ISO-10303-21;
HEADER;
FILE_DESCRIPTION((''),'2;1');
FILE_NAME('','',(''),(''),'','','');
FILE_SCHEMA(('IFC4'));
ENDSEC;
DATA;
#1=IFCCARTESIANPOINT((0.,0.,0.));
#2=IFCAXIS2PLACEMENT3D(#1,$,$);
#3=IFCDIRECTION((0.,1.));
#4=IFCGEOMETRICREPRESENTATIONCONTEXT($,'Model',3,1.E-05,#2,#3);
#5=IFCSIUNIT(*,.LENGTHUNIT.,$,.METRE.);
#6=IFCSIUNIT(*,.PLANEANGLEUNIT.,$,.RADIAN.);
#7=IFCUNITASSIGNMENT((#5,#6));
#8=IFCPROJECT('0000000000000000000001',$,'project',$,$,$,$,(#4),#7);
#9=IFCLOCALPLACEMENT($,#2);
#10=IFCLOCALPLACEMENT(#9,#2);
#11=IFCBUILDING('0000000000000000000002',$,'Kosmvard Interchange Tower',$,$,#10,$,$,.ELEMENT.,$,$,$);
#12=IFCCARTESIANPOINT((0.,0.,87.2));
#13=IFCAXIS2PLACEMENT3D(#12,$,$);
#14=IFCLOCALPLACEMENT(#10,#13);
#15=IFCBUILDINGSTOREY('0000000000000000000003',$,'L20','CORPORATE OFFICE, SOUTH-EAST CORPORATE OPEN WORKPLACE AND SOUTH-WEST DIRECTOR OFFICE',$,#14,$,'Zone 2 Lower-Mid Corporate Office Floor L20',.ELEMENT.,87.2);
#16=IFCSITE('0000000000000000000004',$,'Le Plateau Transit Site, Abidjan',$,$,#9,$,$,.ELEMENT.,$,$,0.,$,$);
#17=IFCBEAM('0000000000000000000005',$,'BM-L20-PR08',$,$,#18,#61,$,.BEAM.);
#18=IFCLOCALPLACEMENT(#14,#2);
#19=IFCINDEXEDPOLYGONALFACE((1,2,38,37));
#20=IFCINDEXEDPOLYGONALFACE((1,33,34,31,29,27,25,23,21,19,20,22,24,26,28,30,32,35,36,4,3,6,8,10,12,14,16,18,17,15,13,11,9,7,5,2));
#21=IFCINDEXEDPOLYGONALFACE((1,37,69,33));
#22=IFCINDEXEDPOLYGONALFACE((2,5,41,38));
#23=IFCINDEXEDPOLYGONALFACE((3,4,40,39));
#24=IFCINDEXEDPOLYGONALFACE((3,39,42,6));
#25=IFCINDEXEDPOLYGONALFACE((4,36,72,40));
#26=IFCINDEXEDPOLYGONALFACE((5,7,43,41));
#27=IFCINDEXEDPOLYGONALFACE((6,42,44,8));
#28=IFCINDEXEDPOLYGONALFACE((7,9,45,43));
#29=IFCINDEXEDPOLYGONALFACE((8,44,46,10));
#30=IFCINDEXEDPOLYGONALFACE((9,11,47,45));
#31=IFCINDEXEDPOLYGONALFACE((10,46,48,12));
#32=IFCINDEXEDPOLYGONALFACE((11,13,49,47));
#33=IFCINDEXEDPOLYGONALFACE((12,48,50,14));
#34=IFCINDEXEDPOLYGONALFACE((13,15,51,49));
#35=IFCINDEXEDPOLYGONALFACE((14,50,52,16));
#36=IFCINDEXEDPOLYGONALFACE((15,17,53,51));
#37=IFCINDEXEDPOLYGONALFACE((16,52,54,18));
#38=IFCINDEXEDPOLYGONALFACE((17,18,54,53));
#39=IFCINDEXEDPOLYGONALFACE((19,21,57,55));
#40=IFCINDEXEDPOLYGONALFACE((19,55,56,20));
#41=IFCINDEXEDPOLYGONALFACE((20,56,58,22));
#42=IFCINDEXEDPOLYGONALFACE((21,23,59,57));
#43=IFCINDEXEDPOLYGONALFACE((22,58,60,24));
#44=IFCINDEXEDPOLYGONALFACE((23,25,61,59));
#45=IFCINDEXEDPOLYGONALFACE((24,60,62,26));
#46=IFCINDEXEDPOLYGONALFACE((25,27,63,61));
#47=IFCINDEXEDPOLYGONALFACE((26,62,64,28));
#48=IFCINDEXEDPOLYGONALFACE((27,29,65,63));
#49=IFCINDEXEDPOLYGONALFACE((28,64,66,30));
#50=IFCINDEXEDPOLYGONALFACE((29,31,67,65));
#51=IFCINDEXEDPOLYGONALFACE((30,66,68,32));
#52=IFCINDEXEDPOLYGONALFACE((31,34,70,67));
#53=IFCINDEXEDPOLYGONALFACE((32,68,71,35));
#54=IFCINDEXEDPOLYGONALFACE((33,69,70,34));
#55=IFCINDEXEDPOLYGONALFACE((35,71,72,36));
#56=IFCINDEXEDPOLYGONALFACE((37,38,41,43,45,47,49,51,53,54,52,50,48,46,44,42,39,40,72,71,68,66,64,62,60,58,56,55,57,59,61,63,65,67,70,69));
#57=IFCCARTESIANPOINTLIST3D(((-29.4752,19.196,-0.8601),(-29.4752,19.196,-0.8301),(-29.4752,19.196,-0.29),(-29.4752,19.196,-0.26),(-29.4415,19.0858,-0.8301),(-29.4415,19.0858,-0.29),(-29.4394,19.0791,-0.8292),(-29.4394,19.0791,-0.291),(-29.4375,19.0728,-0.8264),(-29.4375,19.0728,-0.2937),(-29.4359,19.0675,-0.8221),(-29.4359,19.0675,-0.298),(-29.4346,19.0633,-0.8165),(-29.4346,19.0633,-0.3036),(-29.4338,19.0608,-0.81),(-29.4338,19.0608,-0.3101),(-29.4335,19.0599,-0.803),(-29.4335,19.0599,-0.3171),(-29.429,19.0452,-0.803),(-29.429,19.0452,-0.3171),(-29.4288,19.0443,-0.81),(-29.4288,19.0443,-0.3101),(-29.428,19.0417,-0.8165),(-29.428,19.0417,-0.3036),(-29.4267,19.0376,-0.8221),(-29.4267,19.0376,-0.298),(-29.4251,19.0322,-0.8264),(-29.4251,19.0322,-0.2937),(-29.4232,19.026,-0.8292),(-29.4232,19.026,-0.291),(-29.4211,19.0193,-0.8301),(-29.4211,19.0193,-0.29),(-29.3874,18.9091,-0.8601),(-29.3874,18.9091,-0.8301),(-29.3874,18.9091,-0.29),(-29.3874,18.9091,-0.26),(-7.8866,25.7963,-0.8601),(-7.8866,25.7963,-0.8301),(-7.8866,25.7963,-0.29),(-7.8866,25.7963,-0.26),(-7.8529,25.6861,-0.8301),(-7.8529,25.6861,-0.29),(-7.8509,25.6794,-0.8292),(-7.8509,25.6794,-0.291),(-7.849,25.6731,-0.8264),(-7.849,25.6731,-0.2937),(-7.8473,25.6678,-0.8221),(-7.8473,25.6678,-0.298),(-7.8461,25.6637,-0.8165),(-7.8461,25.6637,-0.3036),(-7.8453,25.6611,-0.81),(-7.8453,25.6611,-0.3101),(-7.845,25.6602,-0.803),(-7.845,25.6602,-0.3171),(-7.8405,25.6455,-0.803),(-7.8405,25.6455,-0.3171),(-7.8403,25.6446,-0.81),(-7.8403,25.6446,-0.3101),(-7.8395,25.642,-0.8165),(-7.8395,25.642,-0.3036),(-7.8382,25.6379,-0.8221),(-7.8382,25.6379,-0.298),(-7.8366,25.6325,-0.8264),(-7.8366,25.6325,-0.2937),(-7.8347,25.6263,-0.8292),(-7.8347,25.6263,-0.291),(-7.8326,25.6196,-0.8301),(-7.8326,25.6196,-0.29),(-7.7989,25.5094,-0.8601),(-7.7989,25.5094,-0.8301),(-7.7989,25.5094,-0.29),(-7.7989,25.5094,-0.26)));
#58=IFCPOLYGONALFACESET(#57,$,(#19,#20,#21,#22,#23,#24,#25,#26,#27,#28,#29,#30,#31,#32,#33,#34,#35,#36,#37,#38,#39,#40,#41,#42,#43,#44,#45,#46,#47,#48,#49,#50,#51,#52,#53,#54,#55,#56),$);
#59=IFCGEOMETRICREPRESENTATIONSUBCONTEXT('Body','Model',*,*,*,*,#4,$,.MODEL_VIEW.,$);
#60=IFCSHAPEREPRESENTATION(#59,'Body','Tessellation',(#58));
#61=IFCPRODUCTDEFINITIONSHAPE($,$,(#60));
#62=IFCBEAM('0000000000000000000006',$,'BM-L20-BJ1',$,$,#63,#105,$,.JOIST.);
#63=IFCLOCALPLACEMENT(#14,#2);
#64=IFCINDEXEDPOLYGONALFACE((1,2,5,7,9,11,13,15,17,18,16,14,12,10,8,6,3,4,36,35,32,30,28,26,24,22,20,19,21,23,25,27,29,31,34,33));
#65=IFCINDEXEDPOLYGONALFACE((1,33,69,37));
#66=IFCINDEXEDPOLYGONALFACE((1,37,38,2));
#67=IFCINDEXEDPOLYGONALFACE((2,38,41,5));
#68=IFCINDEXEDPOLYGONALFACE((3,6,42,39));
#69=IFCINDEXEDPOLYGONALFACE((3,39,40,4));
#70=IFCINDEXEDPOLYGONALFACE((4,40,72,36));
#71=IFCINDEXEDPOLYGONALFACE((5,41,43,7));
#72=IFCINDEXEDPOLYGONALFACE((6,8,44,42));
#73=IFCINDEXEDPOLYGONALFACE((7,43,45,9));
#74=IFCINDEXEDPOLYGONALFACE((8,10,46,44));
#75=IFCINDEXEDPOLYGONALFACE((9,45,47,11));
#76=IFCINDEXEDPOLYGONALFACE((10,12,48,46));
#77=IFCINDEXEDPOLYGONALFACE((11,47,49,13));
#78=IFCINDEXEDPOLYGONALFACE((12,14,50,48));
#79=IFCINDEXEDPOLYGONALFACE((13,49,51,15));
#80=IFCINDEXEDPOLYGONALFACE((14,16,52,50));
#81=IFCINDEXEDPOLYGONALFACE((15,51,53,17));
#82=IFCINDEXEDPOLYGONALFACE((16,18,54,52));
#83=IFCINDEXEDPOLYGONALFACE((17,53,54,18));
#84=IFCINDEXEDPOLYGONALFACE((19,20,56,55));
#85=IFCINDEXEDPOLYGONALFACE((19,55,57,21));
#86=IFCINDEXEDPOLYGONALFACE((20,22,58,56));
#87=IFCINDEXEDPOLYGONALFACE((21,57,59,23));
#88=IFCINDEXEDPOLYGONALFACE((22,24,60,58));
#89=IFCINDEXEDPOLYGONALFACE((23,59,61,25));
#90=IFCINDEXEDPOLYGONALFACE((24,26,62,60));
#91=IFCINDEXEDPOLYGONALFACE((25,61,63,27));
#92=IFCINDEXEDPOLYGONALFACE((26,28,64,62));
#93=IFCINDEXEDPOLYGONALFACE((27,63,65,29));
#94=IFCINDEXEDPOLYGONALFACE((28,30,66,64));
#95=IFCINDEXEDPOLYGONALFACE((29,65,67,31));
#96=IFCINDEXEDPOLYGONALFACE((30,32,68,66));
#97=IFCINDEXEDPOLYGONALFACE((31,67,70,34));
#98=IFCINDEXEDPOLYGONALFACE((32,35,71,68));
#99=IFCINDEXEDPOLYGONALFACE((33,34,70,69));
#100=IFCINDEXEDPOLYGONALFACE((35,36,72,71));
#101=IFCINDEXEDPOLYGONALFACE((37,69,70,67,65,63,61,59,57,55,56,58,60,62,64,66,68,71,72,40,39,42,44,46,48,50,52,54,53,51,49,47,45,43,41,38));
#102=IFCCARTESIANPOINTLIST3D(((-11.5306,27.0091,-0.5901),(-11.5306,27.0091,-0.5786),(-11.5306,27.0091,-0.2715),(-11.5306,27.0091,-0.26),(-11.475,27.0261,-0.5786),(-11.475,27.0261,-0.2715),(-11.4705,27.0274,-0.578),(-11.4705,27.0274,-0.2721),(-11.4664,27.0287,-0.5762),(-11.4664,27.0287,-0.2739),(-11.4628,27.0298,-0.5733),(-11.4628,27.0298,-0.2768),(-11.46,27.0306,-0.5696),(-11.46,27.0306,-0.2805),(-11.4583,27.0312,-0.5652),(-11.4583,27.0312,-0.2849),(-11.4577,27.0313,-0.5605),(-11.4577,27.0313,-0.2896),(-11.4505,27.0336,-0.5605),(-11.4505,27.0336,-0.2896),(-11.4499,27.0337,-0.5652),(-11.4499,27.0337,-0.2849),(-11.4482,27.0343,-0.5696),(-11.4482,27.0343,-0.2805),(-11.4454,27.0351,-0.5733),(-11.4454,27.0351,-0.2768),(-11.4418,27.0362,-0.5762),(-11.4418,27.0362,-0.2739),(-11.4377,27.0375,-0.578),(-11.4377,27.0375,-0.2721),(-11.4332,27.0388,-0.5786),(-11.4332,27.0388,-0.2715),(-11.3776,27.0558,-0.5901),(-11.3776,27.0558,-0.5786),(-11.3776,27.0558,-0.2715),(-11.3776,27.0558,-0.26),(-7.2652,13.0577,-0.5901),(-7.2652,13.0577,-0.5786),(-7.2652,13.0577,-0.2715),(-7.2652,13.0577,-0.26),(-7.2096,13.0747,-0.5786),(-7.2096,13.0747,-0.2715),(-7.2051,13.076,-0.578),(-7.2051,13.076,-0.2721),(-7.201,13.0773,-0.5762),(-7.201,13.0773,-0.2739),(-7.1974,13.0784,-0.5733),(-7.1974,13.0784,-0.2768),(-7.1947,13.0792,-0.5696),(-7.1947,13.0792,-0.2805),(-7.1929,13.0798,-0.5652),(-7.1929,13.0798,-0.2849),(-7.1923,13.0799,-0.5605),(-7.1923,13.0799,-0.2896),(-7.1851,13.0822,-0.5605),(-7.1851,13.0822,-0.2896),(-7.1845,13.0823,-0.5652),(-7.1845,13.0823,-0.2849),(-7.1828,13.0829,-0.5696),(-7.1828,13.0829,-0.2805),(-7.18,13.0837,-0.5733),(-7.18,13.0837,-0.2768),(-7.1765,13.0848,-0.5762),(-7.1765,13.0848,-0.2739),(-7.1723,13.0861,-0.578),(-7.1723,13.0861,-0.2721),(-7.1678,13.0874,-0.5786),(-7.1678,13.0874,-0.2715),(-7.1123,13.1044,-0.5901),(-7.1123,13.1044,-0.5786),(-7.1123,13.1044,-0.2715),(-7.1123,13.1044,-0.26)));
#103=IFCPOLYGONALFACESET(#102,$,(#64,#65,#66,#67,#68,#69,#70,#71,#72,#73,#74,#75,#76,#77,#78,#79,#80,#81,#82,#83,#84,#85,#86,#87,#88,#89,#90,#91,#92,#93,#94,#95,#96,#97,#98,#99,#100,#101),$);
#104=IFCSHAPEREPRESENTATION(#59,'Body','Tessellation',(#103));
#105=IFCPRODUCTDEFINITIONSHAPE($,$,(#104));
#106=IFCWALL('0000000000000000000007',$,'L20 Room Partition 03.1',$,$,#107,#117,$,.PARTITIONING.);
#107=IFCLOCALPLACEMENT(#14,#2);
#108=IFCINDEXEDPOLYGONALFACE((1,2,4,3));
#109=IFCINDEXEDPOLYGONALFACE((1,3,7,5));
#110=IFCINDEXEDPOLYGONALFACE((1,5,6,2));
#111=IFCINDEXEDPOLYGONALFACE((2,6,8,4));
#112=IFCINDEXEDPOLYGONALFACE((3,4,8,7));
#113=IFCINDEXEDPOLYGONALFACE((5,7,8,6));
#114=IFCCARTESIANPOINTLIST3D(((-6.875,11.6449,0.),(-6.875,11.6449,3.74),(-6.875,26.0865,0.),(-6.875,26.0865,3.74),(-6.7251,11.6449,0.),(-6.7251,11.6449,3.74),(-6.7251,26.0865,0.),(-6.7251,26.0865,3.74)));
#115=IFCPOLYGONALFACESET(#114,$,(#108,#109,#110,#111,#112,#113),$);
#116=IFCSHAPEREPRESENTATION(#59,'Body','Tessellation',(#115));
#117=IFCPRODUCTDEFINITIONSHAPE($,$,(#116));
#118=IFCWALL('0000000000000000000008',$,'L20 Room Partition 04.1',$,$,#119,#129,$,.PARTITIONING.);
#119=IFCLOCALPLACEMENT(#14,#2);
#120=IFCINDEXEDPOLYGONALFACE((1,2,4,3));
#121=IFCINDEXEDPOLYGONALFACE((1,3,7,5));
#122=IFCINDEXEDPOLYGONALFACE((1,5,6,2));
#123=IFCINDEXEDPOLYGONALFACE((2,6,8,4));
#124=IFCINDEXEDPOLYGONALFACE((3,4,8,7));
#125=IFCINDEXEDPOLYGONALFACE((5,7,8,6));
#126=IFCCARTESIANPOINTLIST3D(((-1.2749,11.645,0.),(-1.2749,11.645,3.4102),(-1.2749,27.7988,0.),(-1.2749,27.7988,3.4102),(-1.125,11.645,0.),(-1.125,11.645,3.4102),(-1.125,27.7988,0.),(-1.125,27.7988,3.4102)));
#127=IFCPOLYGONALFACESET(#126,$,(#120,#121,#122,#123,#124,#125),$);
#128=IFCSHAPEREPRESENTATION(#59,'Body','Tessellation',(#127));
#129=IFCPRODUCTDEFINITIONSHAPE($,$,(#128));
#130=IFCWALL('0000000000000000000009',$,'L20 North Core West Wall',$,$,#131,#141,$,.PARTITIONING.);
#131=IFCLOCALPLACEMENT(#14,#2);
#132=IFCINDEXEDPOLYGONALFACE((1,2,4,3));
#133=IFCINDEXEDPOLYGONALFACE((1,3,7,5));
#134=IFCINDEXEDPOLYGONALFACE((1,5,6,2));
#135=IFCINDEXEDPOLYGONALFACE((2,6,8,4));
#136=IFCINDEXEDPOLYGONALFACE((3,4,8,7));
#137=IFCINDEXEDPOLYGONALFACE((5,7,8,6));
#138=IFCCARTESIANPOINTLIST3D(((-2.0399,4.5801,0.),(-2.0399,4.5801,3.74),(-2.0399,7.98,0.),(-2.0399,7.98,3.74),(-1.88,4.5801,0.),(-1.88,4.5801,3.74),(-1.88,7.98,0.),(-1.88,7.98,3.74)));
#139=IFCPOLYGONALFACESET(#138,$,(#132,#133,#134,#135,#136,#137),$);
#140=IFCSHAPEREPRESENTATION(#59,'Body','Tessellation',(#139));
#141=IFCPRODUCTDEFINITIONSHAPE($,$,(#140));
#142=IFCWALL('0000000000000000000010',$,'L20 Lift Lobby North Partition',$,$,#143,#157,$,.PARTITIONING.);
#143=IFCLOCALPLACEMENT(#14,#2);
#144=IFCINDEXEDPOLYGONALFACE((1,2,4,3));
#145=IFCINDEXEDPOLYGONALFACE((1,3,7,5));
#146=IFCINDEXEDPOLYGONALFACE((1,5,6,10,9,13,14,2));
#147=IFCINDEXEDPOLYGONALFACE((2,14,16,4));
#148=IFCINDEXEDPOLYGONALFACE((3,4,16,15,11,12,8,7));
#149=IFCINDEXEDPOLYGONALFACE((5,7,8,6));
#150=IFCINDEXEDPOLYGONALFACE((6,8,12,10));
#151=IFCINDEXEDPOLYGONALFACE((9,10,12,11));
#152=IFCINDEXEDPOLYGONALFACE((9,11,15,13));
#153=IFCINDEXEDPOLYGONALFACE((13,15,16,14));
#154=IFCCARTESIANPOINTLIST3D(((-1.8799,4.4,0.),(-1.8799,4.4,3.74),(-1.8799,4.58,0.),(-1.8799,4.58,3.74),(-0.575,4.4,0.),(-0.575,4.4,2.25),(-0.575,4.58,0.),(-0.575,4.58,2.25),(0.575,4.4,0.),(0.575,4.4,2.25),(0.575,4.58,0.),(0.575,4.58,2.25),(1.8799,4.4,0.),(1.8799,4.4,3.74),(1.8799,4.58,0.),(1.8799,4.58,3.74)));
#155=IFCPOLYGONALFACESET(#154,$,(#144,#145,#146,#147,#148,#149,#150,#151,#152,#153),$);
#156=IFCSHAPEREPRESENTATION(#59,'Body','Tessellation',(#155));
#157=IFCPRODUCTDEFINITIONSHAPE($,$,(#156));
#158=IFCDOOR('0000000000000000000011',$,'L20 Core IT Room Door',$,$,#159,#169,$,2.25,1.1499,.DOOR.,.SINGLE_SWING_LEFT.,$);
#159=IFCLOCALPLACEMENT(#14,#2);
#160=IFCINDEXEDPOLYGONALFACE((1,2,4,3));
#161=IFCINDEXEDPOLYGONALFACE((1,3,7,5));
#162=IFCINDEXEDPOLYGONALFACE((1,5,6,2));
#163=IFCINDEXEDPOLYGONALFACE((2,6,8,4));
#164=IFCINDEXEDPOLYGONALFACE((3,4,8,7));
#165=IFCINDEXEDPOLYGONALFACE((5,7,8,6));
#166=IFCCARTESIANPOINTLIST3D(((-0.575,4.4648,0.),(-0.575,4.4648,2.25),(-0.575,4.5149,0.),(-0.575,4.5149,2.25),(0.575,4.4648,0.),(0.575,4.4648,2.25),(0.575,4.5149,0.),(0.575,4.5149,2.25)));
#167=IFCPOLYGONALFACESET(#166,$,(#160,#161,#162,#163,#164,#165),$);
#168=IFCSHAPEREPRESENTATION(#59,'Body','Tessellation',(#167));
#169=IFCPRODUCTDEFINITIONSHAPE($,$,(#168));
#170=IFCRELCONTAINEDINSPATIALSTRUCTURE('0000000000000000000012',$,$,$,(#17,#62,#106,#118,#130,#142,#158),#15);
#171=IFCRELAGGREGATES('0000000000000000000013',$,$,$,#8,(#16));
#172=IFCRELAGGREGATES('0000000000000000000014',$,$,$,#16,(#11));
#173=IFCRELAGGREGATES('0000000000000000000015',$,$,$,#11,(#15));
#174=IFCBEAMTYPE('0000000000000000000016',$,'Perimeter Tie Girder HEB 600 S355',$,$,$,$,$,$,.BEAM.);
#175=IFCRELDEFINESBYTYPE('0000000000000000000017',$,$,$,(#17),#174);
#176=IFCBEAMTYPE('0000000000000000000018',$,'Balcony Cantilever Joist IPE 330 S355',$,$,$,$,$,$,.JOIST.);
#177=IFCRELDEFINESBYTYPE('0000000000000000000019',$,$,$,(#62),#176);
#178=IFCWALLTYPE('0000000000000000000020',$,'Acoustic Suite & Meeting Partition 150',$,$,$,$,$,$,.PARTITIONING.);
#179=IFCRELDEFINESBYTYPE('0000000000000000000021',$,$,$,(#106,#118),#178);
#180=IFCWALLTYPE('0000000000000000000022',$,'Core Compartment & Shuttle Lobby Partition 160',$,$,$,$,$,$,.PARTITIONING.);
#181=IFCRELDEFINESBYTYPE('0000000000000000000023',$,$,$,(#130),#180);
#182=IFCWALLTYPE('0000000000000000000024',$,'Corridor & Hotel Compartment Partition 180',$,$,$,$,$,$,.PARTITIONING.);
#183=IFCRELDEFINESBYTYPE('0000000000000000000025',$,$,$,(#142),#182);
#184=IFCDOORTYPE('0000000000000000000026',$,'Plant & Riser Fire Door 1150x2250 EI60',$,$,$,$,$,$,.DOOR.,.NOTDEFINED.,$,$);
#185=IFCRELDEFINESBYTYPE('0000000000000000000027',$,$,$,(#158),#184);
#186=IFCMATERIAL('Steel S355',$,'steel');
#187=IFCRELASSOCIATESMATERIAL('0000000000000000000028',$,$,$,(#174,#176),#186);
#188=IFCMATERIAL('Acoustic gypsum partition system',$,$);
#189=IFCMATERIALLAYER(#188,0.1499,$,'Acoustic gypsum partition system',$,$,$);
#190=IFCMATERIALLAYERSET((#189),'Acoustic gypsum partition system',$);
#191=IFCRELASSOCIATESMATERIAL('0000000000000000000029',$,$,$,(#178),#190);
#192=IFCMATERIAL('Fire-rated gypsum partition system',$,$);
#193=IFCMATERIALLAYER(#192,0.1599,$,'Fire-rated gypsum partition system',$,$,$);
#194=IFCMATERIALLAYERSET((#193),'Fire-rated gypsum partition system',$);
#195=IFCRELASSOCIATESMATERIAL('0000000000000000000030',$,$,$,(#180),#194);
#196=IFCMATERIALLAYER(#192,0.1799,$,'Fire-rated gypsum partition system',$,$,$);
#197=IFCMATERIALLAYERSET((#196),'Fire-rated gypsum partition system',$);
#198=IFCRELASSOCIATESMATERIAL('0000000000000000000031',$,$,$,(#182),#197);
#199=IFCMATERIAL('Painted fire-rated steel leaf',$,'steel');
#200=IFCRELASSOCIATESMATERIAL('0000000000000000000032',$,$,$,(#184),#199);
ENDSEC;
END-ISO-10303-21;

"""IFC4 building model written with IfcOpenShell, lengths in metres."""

from ifc_helpers import new_model, si_unit, direction, frame, frame_2d, origin, origin_2d, place, context, subcontext, project, spatial, rectangle, i_section, extrude, source, transform, mapped, material, layer, layer_set, material_profile, profile_set, type_object, element, fill, save


model = new_model("IFC4")

# Units and contexts
model_context = context("Model", 3, precision=1e-05, world=origin(), true_north=direction((0.0, 1.0)))
body_context = subcontext(model_context, "Body", "Model", "MODEL_VIEW")
ifc_project = project(units=[si_unit("LENGTHUNIT", "METRE"), si_unit("PLANEANGLEUNIT", "RADIAN")], contexts=[model_context])

# Site, building, storey
site_placement = place(None, origin())
site = spatial("IfcSite", under=ifc_project, at=site_placement, Name="Le Plateau Transit Site, Abidjan", CompositionType="ELEMENT", RefElevation=0.0)
building_placement = place(site_placement, origin())
building = spatial("IfcBuilding", under=site, at=building_placement, Name="Kosmvard Interchange Tower", CompositionType="ELEMENT")
storey_placement = place(building_placement, frame((0.0, 0.0, 87.2)))
storey = spatial("IfcBuildingStorey", under=building, at=storey_placement, Name="L20", Description="CORPORATE OFFICE, SOUTH-EAST CORPORATE OPEN WORKPLACE AND SOUTH-WEST DIRECTOR OFFICE", LongName="Zone 2 Lower-Mid Corporate Office Floor L20", CompositionType="ELEMENT", Elevation=87.2)

# Beams
ifc_material_1 = material(Name="Steel S355", Category="steel")
ifc_material_profile_1 = material_profile(ifc_material_1, i_section(OverallWidth=0.3, OverallDepth=0.6001, WebThickness=0.0154, FlangeThickness=0.03, FilletRadius=0.0271, at=origin_2d()), Name="HEB 600")
ifc_profile_set_1 = profile_set([ifc_material_profile_1], Name="Steel S355")
beam_type_1 = type_object("IfcBeamType", Name="Perimeter Tie Girder HEB 600 S355", PredefinedType="BEAM", material=ifc_profile_set_1)
shared_shape_1 = source(origin(), body_context, "Body", "SweptSolid", [
    extrude(i_section(OverallWidth=0.3, OverallDepth=0.6001, WebThickness=0.0154, FlangeThickness=0.03, FilletRadius=0.0271, at=origin_2d()), origin(), (0.0, 0.0, 1.0), 22.575),
])
beam_1_placement = place(storey_placement, frame((-7.8428, 25.6528, -0.5601), z_axis=(-0.956304, -0.292373, 0.0), x_axis=(0.292373, -0.956304, 0.0)))
element("IfcBeam", 1, at=beam_1_placement, inside=storey, type_object=beam_type_1, Name="BM-L20-PR08", PredefinedType="BEAM", context=body_context, shape_type="MappedRepresentation", body=[
    mapped(shared_shape_1, transform((0.0, 0.0, 0.0), scale=1.0)),
])
ifc_material_profile_2 = material_profile(ifc_material_1, i_section(OverallWidth=0.1599, OverallDepth=0.3301, WebThickness=0.0076, FlangeThickness=0.0115, FilletRadius=0.0181, at=origin_2d()), Name="IPE 330")
ifc_profile_set_2 = profile_set([ifc_material_profile_2], Name="Steel S355")
beam_type_2 = type_object("IfcBeamType", Name="Balcony Cantilever Joist IPE 330 S355", PredefinedType="JOIST", material=ifc_profile_set_2)
shared_shape_2 = source(origin(), body_context, "Body", "SweptSolid", [
    extrude(i_section(OverallWidth=0.1599, OverallDepth=0.3301, WebThickness=0.0076, FlangeThickness=0.0115, FilletRadius=0.0181, at=origin_2d()), origin(), (0.0, 0.0, 1.0), 14.5889),
])
beam_2_placement = place(storey_placement, frame((-7.1887, 13.0811, -0.425), z_axis=(-0.292372, 0.956305, 0.0), x_axis=(-0.956305, -0.292372, 0.0)))
element("IfcBeam", 2, at=beam_2_placement, inside=storey, type_object=beam_type_2, Name="BM-L20-BJ1", PredefinedType="JOIST", context=body_context, shape_type="MappedRepresentation", body=[
    mapped(shared_shape_2, transform((0.0, 0.0, 0.0), scale=1.0)),
])

# Walls
ifc_material_2 = material(Name="Acoustic gypsum partition system")
ifc_layer_1 = layer(ifc_material_2, 0.1499, Name="Acoustic gypsum partition system")
ifc_layer_set_1 = layer_set([ifc_layer_1], Name="Acoustic gypsum partition system")
wall_type_1 = type_object("IfcWallType", Name="Acoustic Suite & Meeting Partition 150", PredefinedType="PARTITIONING", material=ifc_layer_set_1)
wall_1_placement = place(storey_placement, frame((-6.8, 11.645, 0.0), z_axis=(0.0, 0.0, 1.0), x_axis=(0.0, 1.0, 0.0)))
element("IfcWall", 3, at=wall_1_placement, inside=storey, type_object=wall_type_1, Name="L20 Room Partition 03.1", PredefinedType="PARTITIONING", context=body_context, shape_type="SweptSolid", body=[
    extrude(rectangle(XDim=14.4417, YDim=0.1499, at=frame_2d((7.2207, 0.0))), origin(), (0.0, 0.0, 1.0), 3.74),
])
wall_2_placement = place(storey_placement, frame((-1.2, 11.645, 0.0), z_axis=(0.0, 0.0, 1.0), x_axis=(0.0, 1.0, 0.0)))
element("IfcWall", 4, at=wall_2_placement, inside=storey, type_object=wall_type_1, Name="L20 Room Partition 04.1", PredefinedType="PARTITIONING", context=body_context, shape_type="SweptSolid", body=[
    extrude(rectangle(XDim=16.1538, YDim=0.1499, at=frame_2d((8.0769, 0.0))), origin(), (0.0, 0.0, 1.0), 3.4102),
])
ifc_material_3 = material(Name="Fire-rated gypsum partition system")
ifc_layer_2 = layer(ifc_material_3, 0.1599, Name="Fire-rated gypsum partition system")
ifc_layer_set_2 = layer_set([ifc_layer_2], Name="Fire-rated gypsum partition system")
wall_type_2 = type_object("IfcWallType", Name="Core Compartment & Shuttle Lobby Partition 160", PredefinedType="PARTITIONING", material=ifc_layer_set_2)
wall_3_placement = place(storey_placement, frame((-1.96, 4.5801, 0.0), z_axis=(0.0, 0.0, 1.0), x_axis=(0.0, 1.0, 0.0)))
element("IfcWall", 5, at=wall_3_placement, inside=storey, type_object=wall_type_2, Name="L20 North Core West Wall", PredefinedType="PARTITIONING", context=body_context, shape_type="SweptSolid", body=[
    extrude(rectangle(XDim=3.3999, YDim=0.1599, at=frame_2d((1.7, 0.0))), origin(), (0.0, 0.0, 1.0), 3.74),
])

# Wall, opening, door
ifc_layer_3 = layer(ifc_material_3, 0.1799, Name="Fire-rated gypsum partition system")
ifc_layer_set_3 = layer_set([ifc_layer_3], Name="Fire-rated gypsum partition system")
wall_type_3 = type_object("IfcWallType", Name="Corridor & Hotel Compartment Partition 180", PredefinedType="PARTITIONING", material=ifc_layer_set_3)
wall_4_placement = place(storey_placement, frame((-1.8799, 4.49, 0.0), z_axis=(0.0, 0.0, 1.0), x_axis=(1.0, 0.0, 0.0)))
wall_4 = element("IfcWall", 6, at=wall_4_placement, inside=storey, type_object=wall_type_3, Name="L20 Lift Lobby North Partition", PredefinedType="PARTITIONING", context=body_context, shape_type="SweptSolid", body=[
    extrude(rectangle(XDim=3.7598, YDim=0.1799, at=frame_2d((1.8799, 0.0))), origin(), (0.0, 0.0, 1.0), 3.74),
])
opening_placement = place(wall_4_placement, frame((1.3049, 0.0, 0.0)))
opening = element("IfcOpeningElement", 7, at=opening_placement, cuts=wall_4, PredefinedType="OPENING", context=body_context, shape_type="SweptSolid", body=[
    extrude(rectangle(XDim=1.1499, YDim=2.25, at=frame_2d((0.575, 1.125))), frame((0.0, 0.1001, 0.0), z_axis=(0.0, -1.0, 0.0), x_axis=(1.0, 0.0, 0.0)), (0.0, 0.0, 1.0), 0.2),
])
ifc_material_4 = material(Name="Painted fire-rated steel leaf", Category="steel")
door_type = type_object("IfcDoorType", Name="Plant & Riser Fire Door 1150x2250 EI60", OperationType="NOTDEFINED", PredefinedType="DOOR", material=ifc_material_4)
shared_shape_3 = source(origin(), body_context, "Body", "SweptSolid", [
    extrude(rectangle(XDim=1.1499, YDim=2.25, at=frame_2d((0.575, 1.125))), frame((0.0, 0.0249, 0.0), z_axis=(0.0, -1.0, 0.0), x_axis=(1.0, 0.0, 0.0)), (0.0, 0.0, 1.0), 0.05),
])
door_placement = place(opening_placement, origin())
door = element("IfcDoor", 8, at=door_placement, inside=storey, type_object=door_type, Name="L20 Core IT Room Door", OperationType="SINGLE_SWING_LEFT", OverallHeight=2.25, OverallWidth=1.1499, PredefinedType="DOOR", context=body_context, shape_type="MappedRepresentation", body=[
    mapped(shared_shape_3, transform((0.0, 0.0, 0.0), scale=1.0)),
])
fill(opening, door)

save(model, "model.ifc")
